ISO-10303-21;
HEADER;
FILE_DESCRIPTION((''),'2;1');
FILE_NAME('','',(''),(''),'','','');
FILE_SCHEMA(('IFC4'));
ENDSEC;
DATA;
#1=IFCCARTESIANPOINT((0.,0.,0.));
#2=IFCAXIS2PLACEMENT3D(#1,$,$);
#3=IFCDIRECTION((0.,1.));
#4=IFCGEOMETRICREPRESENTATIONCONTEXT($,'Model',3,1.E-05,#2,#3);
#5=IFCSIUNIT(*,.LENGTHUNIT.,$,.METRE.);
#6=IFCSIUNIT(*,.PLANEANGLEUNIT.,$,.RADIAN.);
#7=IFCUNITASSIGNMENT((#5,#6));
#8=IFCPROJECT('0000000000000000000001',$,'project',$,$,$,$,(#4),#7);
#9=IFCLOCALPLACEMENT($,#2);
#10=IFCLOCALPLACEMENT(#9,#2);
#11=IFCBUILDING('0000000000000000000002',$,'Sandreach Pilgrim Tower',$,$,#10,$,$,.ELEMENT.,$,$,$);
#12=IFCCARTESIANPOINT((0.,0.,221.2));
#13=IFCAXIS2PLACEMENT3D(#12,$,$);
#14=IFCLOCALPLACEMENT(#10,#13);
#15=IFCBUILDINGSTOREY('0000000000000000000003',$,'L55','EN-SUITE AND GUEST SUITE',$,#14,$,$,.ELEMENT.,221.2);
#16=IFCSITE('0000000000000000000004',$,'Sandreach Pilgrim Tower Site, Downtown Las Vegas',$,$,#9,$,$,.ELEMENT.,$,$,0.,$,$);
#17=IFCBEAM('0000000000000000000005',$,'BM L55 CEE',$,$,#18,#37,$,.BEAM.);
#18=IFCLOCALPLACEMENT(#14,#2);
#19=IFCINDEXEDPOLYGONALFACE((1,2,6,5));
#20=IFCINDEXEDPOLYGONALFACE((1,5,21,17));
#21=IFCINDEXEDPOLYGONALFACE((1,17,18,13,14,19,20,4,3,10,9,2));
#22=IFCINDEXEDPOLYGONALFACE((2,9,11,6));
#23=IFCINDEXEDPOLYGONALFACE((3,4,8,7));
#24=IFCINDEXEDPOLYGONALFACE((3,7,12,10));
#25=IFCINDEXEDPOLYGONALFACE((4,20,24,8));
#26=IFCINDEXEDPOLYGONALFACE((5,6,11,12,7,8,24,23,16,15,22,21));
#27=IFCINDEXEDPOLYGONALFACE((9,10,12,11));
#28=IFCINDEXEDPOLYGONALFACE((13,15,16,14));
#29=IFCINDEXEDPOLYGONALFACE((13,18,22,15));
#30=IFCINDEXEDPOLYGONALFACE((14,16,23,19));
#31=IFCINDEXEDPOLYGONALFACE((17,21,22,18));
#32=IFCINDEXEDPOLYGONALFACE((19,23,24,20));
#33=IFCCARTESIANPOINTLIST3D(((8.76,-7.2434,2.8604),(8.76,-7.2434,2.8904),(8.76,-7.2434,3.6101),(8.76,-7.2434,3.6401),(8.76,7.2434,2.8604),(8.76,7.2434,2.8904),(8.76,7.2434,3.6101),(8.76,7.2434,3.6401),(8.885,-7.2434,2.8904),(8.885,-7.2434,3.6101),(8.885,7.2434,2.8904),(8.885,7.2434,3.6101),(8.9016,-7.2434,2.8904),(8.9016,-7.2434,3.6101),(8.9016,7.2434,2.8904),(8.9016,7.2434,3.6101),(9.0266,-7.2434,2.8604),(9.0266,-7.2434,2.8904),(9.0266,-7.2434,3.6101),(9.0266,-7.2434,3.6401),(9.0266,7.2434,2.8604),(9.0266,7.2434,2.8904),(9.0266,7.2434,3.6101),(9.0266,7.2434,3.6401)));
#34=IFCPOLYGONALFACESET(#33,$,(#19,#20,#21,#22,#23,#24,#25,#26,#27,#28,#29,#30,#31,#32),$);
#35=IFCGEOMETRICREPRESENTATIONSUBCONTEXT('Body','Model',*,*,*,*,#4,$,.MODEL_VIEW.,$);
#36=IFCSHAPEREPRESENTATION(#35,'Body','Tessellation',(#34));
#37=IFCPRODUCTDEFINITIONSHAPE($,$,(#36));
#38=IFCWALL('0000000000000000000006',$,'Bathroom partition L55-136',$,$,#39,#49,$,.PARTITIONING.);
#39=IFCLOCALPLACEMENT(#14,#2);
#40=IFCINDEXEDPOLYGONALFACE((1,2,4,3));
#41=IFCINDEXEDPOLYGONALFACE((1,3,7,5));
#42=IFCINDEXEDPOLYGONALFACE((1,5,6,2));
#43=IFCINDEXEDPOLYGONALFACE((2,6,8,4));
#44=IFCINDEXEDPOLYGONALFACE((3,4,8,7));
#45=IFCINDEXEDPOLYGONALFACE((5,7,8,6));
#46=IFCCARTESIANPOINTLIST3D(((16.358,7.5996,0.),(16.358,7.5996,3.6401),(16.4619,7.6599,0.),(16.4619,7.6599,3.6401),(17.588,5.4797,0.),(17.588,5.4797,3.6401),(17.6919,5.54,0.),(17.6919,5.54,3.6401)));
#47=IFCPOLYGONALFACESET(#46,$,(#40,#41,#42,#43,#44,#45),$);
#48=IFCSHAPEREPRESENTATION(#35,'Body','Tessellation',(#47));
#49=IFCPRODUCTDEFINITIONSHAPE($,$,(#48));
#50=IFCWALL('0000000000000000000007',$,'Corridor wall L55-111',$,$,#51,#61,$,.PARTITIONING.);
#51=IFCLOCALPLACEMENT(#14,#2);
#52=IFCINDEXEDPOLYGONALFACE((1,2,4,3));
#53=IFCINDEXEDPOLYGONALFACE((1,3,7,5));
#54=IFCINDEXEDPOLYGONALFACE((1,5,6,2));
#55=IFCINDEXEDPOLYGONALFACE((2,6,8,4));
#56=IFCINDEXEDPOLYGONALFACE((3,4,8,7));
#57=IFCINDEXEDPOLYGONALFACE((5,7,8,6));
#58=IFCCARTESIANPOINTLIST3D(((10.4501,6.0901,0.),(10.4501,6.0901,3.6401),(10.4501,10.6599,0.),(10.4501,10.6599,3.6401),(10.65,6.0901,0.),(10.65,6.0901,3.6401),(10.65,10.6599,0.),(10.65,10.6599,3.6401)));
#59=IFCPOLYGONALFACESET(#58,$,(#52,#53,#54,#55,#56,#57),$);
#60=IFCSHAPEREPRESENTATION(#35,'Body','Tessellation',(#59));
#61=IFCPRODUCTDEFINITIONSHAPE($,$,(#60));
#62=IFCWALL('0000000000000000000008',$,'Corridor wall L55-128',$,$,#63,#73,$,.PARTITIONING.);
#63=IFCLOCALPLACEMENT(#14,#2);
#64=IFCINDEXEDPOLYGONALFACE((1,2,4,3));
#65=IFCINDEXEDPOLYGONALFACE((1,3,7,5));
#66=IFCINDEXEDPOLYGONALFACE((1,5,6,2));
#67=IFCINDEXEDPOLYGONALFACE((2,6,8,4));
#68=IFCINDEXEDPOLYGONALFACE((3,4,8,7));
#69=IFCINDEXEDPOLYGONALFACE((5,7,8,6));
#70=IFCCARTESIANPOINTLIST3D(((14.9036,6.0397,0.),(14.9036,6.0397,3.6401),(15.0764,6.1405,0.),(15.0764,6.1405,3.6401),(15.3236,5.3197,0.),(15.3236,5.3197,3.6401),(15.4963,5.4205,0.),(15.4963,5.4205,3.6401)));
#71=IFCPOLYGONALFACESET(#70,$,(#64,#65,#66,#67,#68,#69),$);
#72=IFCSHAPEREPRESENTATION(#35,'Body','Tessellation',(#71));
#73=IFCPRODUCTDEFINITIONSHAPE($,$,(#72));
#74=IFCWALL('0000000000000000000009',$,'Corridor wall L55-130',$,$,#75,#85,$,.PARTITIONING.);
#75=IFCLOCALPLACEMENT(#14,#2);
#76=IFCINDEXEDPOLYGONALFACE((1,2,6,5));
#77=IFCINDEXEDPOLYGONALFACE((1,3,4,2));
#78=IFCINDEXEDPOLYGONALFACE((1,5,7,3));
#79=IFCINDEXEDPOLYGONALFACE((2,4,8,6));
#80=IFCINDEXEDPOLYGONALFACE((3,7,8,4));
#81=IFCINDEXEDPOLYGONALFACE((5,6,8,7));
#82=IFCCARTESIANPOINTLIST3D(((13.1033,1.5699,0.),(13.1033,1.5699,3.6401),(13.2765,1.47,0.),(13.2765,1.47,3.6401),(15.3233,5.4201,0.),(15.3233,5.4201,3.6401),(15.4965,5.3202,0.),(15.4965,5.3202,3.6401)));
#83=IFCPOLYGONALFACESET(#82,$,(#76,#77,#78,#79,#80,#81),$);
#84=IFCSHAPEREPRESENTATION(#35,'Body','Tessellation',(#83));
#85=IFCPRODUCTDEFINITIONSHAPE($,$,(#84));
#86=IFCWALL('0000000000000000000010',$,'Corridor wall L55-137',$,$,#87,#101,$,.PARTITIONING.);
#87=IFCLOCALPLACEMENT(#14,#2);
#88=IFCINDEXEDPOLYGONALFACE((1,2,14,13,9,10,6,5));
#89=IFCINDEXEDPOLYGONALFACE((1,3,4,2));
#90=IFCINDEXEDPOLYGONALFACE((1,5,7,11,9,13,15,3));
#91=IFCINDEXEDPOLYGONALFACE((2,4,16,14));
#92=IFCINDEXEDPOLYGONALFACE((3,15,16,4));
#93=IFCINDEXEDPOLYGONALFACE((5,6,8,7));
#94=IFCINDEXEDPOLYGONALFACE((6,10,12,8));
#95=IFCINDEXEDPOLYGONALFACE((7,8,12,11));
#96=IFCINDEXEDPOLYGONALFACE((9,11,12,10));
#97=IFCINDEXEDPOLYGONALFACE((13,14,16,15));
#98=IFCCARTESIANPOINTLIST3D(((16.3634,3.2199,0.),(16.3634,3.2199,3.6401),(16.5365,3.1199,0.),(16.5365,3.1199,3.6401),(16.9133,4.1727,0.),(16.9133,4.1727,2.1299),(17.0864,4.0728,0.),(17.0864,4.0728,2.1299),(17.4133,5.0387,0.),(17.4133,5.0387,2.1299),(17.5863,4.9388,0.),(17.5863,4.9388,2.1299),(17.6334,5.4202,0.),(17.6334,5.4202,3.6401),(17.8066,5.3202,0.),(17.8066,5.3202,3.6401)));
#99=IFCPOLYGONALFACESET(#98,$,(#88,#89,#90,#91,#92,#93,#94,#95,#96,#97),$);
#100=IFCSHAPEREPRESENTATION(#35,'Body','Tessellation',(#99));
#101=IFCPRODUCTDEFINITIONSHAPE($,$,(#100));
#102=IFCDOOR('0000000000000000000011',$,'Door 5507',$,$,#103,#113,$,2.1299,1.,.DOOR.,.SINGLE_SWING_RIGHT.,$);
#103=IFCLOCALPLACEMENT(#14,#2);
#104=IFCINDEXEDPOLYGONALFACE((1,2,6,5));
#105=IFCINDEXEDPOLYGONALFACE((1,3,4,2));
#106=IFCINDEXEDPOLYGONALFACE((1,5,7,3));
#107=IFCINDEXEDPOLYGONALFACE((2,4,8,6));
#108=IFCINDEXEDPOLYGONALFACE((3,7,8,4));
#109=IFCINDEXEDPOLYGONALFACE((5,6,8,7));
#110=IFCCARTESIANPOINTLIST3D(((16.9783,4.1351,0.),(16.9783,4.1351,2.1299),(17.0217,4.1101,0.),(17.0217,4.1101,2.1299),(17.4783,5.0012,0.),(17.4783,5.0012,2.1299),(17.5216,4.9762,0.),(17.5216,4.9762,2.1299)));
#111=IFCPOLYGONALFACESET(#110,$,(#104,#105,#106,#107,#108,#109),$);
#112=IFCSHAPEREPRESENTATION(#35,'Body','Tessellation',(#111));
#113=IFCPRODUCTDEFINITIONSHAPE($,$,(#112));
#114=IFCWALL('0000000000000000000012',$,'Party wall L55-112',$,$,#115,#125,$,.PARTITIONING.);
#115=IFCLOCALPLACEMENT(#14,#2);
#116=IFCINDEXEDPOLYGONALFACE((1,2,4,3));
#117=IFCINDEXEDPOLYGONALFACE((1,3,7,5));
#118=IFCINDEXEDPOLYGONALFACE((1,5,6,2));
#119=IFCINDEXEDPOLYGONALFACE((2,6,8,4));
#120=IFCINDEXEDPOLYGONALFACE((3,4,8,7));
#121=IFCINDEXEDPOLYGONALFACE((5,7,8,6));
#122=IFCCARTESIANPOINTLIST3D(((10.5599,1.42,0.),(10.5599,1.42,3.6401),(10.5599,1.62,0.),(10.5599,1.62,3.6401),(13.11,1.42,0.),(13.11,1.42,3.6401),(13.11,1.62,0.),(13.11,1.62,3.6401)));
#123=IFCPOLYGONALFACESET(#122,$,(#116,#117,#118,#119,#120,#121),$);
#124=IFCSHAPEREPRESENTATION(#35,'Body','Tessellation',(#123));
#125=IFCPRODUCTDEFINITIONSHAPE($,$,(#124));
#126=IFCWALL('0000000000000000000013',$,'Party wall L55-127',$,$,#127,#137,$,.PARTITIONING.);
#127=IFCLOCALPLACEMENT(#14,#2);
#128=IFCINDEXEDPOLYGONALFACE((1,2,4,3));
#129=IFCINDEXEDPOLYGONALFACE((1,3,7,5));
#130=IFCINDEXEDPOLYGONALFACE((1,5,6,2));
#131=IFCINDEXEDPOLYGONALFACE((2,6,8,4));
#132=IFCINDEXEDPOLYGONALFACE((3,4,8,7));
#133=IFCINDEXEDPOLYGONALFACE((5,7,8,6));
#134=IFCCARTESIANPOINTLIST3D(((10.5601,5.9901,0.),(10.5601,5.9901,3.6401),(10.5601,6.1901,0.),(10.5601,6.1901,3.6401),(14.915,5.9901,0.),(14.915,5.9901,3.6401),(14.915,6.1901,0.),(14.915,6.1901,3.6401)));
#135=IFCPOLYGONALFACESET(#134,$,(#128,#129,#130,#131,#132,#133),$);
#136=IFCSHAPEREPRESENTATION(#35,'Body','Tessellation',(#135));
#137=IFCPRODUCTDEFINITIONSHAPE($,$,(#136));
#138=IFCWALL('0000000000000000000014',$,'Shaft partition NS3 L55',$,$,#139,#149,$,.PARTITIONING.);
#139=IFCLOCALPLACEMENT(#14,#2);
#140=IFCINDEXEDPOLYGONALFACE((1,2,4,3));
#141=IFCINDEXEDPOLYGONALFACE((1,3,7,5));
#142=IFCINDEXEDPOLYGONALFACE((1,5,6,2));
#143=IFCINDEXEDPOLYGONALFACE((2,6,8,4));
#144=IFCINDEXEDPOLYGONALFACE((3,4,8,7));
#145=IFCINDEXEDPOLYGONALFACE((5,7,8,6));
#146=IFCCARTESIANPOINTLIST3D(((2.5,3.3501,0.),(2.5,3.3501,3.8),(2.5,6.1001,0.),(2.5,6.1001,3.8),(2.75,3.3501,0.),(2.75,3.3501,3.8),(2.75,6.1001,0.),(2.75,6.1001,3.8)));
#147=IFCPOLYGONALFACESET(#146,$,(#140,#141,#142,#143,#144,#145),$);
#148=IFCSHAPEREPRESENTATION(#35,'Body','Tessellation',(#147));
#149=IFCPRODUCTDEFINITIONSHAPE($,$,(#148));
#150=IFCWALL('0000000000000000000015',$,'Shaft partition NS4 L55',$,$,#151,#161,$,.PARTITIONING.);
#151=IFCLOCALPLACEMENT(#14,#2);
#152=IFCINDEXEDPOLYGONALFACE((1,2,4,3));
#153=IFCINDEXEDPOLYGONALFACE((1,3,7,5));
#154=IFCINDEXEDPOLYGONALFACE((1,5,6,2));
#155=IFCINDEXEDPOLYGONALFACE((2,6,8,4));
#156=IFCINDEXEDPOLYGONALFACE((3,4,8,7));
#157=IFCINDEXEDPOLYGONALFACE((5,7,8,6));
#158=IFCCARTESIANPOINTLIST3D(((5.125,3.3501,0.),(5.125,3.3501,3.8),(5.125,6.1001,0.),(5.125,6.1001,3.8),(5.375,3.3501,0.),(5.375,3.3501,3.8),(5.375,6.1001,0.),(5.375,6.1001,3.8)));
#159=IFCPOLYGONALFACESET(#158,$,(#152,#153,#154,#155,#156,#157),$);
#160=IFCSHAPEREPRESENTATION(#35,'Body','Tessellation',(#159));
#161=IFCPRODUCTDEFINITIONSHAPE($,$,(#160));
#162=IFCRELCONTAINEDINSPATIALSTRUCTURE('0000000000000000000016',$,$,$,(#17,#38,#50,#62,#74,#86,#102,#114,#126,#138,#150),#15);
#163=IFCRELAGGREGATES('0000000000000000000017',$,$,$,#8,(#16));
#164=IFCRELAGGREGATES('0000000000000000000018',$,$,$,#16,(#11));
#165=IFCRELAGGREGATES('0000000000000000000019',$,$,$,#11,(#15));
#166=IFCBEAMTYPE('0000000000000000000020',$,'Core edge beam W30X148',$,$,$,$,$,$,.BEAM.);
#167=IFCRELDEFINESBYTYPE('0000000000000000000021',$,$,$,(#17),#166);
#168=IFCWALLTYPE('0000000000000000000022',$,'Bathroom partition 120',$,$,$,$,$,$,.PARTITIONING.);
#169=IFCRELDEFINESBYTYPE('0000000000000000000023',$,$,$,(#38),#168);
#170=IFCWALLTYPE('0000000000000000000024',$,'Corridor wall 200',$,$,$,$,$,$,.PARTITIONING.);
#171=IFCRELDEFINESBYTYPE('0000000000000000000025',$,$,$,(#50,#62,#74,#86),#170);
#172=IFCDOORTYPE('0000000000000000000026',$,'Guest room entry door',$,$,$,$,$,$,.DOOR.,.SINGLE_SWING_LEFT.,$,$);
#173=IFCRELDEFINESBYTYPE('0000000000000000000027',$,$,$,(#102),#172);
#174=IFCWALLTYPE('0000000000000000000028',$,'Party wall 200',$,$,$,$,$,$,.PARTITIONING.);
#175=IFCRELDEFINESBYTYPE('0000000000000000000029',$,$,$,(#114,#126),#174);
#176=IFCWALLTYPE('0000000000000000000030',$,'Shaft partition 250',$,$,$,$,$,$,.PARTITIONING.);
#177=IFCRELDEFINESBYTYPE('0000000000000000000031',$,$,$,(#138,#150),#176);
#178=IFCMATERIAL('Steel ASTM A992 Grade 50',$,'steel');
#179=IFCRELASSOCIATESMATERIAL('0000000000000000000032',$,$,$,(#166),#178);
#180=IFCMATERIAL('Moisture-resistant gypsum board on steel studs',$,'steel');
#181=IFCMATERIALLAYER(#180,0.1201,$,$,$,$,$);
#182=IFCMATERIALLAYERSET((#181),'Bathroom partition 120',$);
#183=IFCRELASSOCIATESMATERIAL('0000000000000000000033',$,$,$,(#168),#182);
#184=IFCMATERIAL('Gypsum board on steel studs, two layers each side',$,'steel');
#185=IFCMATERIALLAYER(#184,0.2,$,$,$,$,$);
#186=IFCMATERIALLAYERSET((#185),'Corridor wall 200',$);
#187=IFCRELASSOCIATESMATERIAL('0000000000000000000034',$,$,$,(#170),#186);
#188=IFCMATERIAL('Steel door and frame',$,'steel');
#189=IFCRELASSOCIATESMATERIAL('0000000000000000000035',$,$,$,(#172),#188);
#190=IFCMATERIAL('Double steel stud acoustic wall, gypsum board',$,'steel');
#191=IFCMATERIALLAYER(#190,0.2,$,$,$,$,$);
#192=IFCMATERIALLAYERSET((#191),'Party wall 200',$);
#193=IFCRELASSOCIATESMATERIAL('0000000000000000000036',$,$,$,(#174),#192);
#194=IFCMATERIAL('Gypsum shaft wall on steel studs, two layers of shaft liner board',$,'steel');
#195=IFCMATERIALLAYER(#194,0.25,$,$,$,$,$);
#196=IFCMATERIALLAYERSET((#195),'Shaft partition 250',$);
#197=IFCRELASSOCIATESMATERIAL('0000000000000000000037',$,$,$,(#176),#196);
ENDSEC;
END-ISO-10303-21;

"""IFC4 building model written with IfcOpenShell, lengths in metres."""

from ifc_helpers import new_model, si_unit, direction, frame, frame_2d, origin, origin_2d, place, context, subcontext, project, spatial, rectangle, i_section, extrude, material, layer, layer_set, material_profile, profile_set, type_object, element, fill, save


model = new_model("IFC4")

# Units and contexts
model_context = context("Model", 3, precision=1e-05, world=origin(), true_north=direction((0.0, 1.0)))
body_context = subcontext(model_context, "Body", "Model", "MODEL_VIEW")
ifc_project = project(units=[si_unit("LENGTHUNIT", "METRE"), si_unit("PLANEANGLEUNIT", "RADIAN")], contexts=[model_context])

# Site, building, storey
site_placement = place(None, origin())
site = spatial("IfcSite", under=ifc_project, at=site_placement, Name="Sandreach Pilgrim Tower Site, Downtown Las Vegas", CompositionType="ELEMENT", RefElevation=0.0)
building_placement = place(site_placement, origin())
building = spatial("IfcBuilding", under=site, at=building_placement, Name="Sandreach Pilgrim Tower", CompositionType="ELEMENT")
storey_placement = place(building_placement, frame((0.0, 0.0, 221.2)))
storey = spatial("IfcBuildingStorey", under=building, at=storey_placement, Name="L55", Description="EN-SUITE AND GUEST SUITE", CompositionType="ELEMENT", Elevation=221.2)

# Beam
ifc_material_1 = material(Name="Steel ASTM A992 Grade 50", Category="steel")
ifc_material_profile = material_profile(ifc_material_1, i_section(OverallWidth=0.2666, OverallDepth=0.7798, WebThickness=0.0166, FlangeThickness=0.03, at=origin_2d()), Name="W30X148")
ifc_profile_set = profile_set([ifc_material_profile], Name="Steel ASTM A992 Grade 50")
beam_type = type_object("IfcBeamType", Name="Core edge beam W30X148", PredefinedType="BEAM", material=ifc_profile_set)
beam_placement = place(storey_placement, frame((8.8933, 7.2434, 3.2502), z_axis=(0.0, -1.0, 0.0), x_axis=(1.0, 0.0, 0.0)))
element("IfcBeam", 1, at=beam_placement, inside=storey, type_object=beam_type, Name="BM L55 CEE", PredefinedType="BEAM", context=body_context, shape_type="SweptSolid", body=[
    extrude(i_section(OverallWidth=0.2666, OverallDepth=0.7798, WebThickness=0.0166, FlangeThickness=0.03, at=origin_2d()), origin(), (0.0, 0.0, 1.0), 14.4868),
])

# Wall
ifc_material_2 = material(Name="Moisture-resistant gypsum board on steel studs", Category="steel")
ifc_layer_1 = layer(ifc_material_2, 0.1201)
ifc_layer_set_1 = layer_set([ifc_layer_1], Name="Bathroom partition 120")
wall_type_1 = type_object("IfcWallType", Name="Bathroom partition 120", PredefinedType="PARTITIONING", material=ifc_layer_set_1)
wall_1_placement = place(storey_placement, frame((16.4099, 7.6299, 0.0), z_axis=(0.0, 0.0, 1.0), x_axis=(0.501857, -0.864951, 0.0)))
element("IfcWall", 2, at=wall_1_placement, inside=storey, type_object=wall_type_1, Name="Bathroom partition L55-136", PredefinedType="PARTITIONING", context=body_context, shape_type="SweptSolid", body=[
    extrude(rectangle(XDim=2.4509, YDim=0.1201, at=frame_2d((1.2256, 0.0))), origin(), (0.0, 0.0, 1.0), 3.6401),
])

# Shared definitions
ifc_material_3 = material(Name="Gypsum board on steel studs, two layers each side", Category="steel")
ifc_layer_2 = layer(ifc_material_3, 0.2)
ifc_layer_set_2 = layer_set([ifc_layer_2], Name="Corridor wall 200")
wall_type_2 = type_object("IfcWallType", Name="Corridor wall 200", PredefinedType="PARTITIONING", material=ifc_layer_set_2)

# Wall
wall_2_placement = place(storey_placement, frame((10.55, 6.0901, 0.0), z_axis=(0.0, 0.0, 1.0), x_axis=(0.0, 1.0, 0.0)))
element("IfcWall", 3, at=wall_2_placement, inside=storey, type_object=wall_type_2, Name="Corridor wall L55-111", PredefinedType="PARTITIONING", context=body_context, shape_type="SweptSolid", body=[
    extrude(rectangle(XDim=4.5698, YDim=0.2, at=frame_2d((2.2849, 0.0))), origin(), (0.0, 0.0, 1.0), 3.6401),
])

# Wall
wall_3_placement = place(storey_placement, frame((14.99, 6.0901, 0.0), z_axis=(0.0, 0.0, 1.0), x_axis=(0.503816, -0.863811, 0.0)))
element("IfcWall", 4, at=wall_3_placement, inside=storey, type_object=wall_type_2, Name="Corridor wall L55-128", PredefinedType="PARTITIONING", context=body_context, shape_type="SweptSolid", body=[
    extrude(rectangle(XDim=0.8335, YDim=0.2, at=frame_2d((0.4167, 0.0))), origin(), (0.0, 0.0, 1.0), 3.6401),
])

# Shared definitions
ifc_material_4 = material(Name="Steel door and frame", Category="steel")
door_type_1 = type_object("IfcDoorType", Name="Guest room entry door", OperationType="SINGLE_SWING_LEFT", PredefinedType="DOOR", material=ifc_material_4)

# Wall
wall_4_placement = place(storey_placement, frame((15.4099, 5.3701, 0.0), z_axis=(0.0, 0.0, 1.0), x_axis=(-0.499513, -0.866306, 0.0)))
element("IfcWall", 5, at=wall_4_placement, inside=storey, type_object=wall_type_2, Name="Corridor wall L55-130", PredefinedType="PARTITIONING", context=body_context, shape_type="SweptSolid", body=[
    extrude(rectangle(XDim=4.4443, YDim=0.2, at=frame_2d((2.2222, 0.0))), origin(), (0.0, 0.0, 1.0), 3.6401),
])

# Wall, opening, door
wall_5_placement = place(storey_placement, frame((16.45, 3.1699, 0.0), z_axis=(0.0, 0.0, 1.0), x_axis=(0.499922, 0.86607, 0.0)))
wall_5 = element("IfcWall", 6, at=wall_5_placement, inside=storey, type_object=wall_type_2, Name="Corridor wall L55-137", PredefinedType="PARTITIONING", context=body_context, shape_type="SweptSolid", body=[
    extrude(rectangle(XDim=2.5405, YDim=0.2, at=frame_2d((1.2703, 0.0))), origin(), (0.0, 0.0, 1.0), 3.6401),
])
opening_1_placement = place(wall_5_placement, frame((1.1001, 0.0, 0.0)))
opening_1 = element("IfcOpeningElement", 7, at=opening_1_placement, cuts=wall_5, PredefinedType="OPENING", context=body_context, shape_type="SweptSolid", body=[
    extrude(rectangle(XDim=1.0, YDim=2.1299, at=frame_2d((0.5, 1.0649))), frame((0.0, 0.1001, 0.0), z_axis=(0.0, -1.0, 0.0), x_axis=(1.0, 0.0, 0.0)), (0.0, 0.0, 1.0), 0.2),
])
door_1_placement = place(opening_1_placement, origin())
door_1 = element("IfcDoor", 8, at=door_1_placement, inside=storey, type_object=door_type_1, Name="Door 5507", OperationType="SINGLE_SWING_RIGHT", OverallHeight=2.1299, OverallWidth=1.0, PredefinedType="DOOR", context=body_context, shape_type="SweptSolid", body=[
    extrude(rectangle(XDim=1.0, YDim=2.1299, at=frame_2d((0.5, 1.0649))), frame((0.0, 0.0249, 0.0), z_axis=(0.0, -1.0, 0.0), x_axis=(1.0, 0.0, 0.0)), (0.0, 0.0, 1.0), 0.05),
])
fill(opening_1, door_1)

# Walls
ifc_material_5 = material(Name="Double steel stud acoustic wall, gypsum board", Category="steel")
ifc_layer_3 = layer(ifc_material_5, 0.2)
ifc_layer_set_3 = layer_set([ifc_layer_3], Name="Party wall 200")
wall_type_3 = type_object("IfcWallType", Name="Party wall 200", PredefinedType="PARTITIONING", material=ifc_layer_set_3)
wall_6_placement = place(storey_placement, frame((10.5601, 1.52, 0.0), z_axis=(0.0, 0.0, 1.0), x_axis=(1.0, 0.0, 0.0)))
element("IfcWall", 9, at=wall_6_placement, inside=storey, type_object=wall_type_3, Name="Party wall L55-112", PredefinedType="PARTITIONING", context=body_context, shape_type="SweptSolid", body=[
    extrude(rectangle(XDim=2.55, YDim=0.2, at=frame_2d((1.2749, 0.0))), origin(), (0.0, 0.0, 1.0), 3.6401),
])
wall_7_placement = place(storey_placement, frame((14.915, 6.0901, 0.0), z_axis=(0.0, 0.0, 1.0), x_axis=(-1.0, 0.0, 0.0)))
element("IfcWall", 10, at=wall_7_placement, inside=storey, type_object=wall_type_3, Name="Party wall L55-127", PredefinedType="PARTITIONING", context=body_context, shape_type="SweptSolid", body=[
    extrude(rectangle(XDim=4.355, YDim=0.2, at=frame_2d((2.1775, 0.0))), origin(), (0.0, 0.0, 1.0), 3.6401),
])
ifc_material_6 = material(Name="Gypsum shaft wall on steel studs, two layers of shaft liner board", Category="steel")
ifc_layer_4 = layer(ifc_material_6, 0.25)
ifc_layer_set_4 = layer_set([ifc_layer_4], Name="Shaft partition 250")
wall_type_4 = type_object("IfcWallType", Name="Shaft partition 250", PredefinedType="PARTITIONING", material=ifc_layer_set_4)
for number, where, z_axis, x_axis, name in (
    (11, (2.625, 3.3501, 0.0), (0.0, 0.0, 1.0), (0.0, 1.0, 0.0), "Shaft partition NS3 L55"),
    (12, (5.25, 3.3501, 0.0), (0.0, 0.0, 1.0), (0.0, 1.0, 0.0), "Shaft partition NS4 L55"),
):
    element("IfcWall", number, at=place(storey_placement, frame(where, z_axis=z_axis, x_axis=x_axis)), inside=storey, type_object=wall_type_4, Name=name, PredefinedType="PARTITIONING", context=body_context, shape_type="SweptSolid", body=[
        extrude(rectangle(XDim=2.75, YDim=0.25, at=frame_2d((1.375, 0.0))), origin(), (0.0, 0.0, 1.0), 3.8),
    ])

save(model, "model.ifc")
